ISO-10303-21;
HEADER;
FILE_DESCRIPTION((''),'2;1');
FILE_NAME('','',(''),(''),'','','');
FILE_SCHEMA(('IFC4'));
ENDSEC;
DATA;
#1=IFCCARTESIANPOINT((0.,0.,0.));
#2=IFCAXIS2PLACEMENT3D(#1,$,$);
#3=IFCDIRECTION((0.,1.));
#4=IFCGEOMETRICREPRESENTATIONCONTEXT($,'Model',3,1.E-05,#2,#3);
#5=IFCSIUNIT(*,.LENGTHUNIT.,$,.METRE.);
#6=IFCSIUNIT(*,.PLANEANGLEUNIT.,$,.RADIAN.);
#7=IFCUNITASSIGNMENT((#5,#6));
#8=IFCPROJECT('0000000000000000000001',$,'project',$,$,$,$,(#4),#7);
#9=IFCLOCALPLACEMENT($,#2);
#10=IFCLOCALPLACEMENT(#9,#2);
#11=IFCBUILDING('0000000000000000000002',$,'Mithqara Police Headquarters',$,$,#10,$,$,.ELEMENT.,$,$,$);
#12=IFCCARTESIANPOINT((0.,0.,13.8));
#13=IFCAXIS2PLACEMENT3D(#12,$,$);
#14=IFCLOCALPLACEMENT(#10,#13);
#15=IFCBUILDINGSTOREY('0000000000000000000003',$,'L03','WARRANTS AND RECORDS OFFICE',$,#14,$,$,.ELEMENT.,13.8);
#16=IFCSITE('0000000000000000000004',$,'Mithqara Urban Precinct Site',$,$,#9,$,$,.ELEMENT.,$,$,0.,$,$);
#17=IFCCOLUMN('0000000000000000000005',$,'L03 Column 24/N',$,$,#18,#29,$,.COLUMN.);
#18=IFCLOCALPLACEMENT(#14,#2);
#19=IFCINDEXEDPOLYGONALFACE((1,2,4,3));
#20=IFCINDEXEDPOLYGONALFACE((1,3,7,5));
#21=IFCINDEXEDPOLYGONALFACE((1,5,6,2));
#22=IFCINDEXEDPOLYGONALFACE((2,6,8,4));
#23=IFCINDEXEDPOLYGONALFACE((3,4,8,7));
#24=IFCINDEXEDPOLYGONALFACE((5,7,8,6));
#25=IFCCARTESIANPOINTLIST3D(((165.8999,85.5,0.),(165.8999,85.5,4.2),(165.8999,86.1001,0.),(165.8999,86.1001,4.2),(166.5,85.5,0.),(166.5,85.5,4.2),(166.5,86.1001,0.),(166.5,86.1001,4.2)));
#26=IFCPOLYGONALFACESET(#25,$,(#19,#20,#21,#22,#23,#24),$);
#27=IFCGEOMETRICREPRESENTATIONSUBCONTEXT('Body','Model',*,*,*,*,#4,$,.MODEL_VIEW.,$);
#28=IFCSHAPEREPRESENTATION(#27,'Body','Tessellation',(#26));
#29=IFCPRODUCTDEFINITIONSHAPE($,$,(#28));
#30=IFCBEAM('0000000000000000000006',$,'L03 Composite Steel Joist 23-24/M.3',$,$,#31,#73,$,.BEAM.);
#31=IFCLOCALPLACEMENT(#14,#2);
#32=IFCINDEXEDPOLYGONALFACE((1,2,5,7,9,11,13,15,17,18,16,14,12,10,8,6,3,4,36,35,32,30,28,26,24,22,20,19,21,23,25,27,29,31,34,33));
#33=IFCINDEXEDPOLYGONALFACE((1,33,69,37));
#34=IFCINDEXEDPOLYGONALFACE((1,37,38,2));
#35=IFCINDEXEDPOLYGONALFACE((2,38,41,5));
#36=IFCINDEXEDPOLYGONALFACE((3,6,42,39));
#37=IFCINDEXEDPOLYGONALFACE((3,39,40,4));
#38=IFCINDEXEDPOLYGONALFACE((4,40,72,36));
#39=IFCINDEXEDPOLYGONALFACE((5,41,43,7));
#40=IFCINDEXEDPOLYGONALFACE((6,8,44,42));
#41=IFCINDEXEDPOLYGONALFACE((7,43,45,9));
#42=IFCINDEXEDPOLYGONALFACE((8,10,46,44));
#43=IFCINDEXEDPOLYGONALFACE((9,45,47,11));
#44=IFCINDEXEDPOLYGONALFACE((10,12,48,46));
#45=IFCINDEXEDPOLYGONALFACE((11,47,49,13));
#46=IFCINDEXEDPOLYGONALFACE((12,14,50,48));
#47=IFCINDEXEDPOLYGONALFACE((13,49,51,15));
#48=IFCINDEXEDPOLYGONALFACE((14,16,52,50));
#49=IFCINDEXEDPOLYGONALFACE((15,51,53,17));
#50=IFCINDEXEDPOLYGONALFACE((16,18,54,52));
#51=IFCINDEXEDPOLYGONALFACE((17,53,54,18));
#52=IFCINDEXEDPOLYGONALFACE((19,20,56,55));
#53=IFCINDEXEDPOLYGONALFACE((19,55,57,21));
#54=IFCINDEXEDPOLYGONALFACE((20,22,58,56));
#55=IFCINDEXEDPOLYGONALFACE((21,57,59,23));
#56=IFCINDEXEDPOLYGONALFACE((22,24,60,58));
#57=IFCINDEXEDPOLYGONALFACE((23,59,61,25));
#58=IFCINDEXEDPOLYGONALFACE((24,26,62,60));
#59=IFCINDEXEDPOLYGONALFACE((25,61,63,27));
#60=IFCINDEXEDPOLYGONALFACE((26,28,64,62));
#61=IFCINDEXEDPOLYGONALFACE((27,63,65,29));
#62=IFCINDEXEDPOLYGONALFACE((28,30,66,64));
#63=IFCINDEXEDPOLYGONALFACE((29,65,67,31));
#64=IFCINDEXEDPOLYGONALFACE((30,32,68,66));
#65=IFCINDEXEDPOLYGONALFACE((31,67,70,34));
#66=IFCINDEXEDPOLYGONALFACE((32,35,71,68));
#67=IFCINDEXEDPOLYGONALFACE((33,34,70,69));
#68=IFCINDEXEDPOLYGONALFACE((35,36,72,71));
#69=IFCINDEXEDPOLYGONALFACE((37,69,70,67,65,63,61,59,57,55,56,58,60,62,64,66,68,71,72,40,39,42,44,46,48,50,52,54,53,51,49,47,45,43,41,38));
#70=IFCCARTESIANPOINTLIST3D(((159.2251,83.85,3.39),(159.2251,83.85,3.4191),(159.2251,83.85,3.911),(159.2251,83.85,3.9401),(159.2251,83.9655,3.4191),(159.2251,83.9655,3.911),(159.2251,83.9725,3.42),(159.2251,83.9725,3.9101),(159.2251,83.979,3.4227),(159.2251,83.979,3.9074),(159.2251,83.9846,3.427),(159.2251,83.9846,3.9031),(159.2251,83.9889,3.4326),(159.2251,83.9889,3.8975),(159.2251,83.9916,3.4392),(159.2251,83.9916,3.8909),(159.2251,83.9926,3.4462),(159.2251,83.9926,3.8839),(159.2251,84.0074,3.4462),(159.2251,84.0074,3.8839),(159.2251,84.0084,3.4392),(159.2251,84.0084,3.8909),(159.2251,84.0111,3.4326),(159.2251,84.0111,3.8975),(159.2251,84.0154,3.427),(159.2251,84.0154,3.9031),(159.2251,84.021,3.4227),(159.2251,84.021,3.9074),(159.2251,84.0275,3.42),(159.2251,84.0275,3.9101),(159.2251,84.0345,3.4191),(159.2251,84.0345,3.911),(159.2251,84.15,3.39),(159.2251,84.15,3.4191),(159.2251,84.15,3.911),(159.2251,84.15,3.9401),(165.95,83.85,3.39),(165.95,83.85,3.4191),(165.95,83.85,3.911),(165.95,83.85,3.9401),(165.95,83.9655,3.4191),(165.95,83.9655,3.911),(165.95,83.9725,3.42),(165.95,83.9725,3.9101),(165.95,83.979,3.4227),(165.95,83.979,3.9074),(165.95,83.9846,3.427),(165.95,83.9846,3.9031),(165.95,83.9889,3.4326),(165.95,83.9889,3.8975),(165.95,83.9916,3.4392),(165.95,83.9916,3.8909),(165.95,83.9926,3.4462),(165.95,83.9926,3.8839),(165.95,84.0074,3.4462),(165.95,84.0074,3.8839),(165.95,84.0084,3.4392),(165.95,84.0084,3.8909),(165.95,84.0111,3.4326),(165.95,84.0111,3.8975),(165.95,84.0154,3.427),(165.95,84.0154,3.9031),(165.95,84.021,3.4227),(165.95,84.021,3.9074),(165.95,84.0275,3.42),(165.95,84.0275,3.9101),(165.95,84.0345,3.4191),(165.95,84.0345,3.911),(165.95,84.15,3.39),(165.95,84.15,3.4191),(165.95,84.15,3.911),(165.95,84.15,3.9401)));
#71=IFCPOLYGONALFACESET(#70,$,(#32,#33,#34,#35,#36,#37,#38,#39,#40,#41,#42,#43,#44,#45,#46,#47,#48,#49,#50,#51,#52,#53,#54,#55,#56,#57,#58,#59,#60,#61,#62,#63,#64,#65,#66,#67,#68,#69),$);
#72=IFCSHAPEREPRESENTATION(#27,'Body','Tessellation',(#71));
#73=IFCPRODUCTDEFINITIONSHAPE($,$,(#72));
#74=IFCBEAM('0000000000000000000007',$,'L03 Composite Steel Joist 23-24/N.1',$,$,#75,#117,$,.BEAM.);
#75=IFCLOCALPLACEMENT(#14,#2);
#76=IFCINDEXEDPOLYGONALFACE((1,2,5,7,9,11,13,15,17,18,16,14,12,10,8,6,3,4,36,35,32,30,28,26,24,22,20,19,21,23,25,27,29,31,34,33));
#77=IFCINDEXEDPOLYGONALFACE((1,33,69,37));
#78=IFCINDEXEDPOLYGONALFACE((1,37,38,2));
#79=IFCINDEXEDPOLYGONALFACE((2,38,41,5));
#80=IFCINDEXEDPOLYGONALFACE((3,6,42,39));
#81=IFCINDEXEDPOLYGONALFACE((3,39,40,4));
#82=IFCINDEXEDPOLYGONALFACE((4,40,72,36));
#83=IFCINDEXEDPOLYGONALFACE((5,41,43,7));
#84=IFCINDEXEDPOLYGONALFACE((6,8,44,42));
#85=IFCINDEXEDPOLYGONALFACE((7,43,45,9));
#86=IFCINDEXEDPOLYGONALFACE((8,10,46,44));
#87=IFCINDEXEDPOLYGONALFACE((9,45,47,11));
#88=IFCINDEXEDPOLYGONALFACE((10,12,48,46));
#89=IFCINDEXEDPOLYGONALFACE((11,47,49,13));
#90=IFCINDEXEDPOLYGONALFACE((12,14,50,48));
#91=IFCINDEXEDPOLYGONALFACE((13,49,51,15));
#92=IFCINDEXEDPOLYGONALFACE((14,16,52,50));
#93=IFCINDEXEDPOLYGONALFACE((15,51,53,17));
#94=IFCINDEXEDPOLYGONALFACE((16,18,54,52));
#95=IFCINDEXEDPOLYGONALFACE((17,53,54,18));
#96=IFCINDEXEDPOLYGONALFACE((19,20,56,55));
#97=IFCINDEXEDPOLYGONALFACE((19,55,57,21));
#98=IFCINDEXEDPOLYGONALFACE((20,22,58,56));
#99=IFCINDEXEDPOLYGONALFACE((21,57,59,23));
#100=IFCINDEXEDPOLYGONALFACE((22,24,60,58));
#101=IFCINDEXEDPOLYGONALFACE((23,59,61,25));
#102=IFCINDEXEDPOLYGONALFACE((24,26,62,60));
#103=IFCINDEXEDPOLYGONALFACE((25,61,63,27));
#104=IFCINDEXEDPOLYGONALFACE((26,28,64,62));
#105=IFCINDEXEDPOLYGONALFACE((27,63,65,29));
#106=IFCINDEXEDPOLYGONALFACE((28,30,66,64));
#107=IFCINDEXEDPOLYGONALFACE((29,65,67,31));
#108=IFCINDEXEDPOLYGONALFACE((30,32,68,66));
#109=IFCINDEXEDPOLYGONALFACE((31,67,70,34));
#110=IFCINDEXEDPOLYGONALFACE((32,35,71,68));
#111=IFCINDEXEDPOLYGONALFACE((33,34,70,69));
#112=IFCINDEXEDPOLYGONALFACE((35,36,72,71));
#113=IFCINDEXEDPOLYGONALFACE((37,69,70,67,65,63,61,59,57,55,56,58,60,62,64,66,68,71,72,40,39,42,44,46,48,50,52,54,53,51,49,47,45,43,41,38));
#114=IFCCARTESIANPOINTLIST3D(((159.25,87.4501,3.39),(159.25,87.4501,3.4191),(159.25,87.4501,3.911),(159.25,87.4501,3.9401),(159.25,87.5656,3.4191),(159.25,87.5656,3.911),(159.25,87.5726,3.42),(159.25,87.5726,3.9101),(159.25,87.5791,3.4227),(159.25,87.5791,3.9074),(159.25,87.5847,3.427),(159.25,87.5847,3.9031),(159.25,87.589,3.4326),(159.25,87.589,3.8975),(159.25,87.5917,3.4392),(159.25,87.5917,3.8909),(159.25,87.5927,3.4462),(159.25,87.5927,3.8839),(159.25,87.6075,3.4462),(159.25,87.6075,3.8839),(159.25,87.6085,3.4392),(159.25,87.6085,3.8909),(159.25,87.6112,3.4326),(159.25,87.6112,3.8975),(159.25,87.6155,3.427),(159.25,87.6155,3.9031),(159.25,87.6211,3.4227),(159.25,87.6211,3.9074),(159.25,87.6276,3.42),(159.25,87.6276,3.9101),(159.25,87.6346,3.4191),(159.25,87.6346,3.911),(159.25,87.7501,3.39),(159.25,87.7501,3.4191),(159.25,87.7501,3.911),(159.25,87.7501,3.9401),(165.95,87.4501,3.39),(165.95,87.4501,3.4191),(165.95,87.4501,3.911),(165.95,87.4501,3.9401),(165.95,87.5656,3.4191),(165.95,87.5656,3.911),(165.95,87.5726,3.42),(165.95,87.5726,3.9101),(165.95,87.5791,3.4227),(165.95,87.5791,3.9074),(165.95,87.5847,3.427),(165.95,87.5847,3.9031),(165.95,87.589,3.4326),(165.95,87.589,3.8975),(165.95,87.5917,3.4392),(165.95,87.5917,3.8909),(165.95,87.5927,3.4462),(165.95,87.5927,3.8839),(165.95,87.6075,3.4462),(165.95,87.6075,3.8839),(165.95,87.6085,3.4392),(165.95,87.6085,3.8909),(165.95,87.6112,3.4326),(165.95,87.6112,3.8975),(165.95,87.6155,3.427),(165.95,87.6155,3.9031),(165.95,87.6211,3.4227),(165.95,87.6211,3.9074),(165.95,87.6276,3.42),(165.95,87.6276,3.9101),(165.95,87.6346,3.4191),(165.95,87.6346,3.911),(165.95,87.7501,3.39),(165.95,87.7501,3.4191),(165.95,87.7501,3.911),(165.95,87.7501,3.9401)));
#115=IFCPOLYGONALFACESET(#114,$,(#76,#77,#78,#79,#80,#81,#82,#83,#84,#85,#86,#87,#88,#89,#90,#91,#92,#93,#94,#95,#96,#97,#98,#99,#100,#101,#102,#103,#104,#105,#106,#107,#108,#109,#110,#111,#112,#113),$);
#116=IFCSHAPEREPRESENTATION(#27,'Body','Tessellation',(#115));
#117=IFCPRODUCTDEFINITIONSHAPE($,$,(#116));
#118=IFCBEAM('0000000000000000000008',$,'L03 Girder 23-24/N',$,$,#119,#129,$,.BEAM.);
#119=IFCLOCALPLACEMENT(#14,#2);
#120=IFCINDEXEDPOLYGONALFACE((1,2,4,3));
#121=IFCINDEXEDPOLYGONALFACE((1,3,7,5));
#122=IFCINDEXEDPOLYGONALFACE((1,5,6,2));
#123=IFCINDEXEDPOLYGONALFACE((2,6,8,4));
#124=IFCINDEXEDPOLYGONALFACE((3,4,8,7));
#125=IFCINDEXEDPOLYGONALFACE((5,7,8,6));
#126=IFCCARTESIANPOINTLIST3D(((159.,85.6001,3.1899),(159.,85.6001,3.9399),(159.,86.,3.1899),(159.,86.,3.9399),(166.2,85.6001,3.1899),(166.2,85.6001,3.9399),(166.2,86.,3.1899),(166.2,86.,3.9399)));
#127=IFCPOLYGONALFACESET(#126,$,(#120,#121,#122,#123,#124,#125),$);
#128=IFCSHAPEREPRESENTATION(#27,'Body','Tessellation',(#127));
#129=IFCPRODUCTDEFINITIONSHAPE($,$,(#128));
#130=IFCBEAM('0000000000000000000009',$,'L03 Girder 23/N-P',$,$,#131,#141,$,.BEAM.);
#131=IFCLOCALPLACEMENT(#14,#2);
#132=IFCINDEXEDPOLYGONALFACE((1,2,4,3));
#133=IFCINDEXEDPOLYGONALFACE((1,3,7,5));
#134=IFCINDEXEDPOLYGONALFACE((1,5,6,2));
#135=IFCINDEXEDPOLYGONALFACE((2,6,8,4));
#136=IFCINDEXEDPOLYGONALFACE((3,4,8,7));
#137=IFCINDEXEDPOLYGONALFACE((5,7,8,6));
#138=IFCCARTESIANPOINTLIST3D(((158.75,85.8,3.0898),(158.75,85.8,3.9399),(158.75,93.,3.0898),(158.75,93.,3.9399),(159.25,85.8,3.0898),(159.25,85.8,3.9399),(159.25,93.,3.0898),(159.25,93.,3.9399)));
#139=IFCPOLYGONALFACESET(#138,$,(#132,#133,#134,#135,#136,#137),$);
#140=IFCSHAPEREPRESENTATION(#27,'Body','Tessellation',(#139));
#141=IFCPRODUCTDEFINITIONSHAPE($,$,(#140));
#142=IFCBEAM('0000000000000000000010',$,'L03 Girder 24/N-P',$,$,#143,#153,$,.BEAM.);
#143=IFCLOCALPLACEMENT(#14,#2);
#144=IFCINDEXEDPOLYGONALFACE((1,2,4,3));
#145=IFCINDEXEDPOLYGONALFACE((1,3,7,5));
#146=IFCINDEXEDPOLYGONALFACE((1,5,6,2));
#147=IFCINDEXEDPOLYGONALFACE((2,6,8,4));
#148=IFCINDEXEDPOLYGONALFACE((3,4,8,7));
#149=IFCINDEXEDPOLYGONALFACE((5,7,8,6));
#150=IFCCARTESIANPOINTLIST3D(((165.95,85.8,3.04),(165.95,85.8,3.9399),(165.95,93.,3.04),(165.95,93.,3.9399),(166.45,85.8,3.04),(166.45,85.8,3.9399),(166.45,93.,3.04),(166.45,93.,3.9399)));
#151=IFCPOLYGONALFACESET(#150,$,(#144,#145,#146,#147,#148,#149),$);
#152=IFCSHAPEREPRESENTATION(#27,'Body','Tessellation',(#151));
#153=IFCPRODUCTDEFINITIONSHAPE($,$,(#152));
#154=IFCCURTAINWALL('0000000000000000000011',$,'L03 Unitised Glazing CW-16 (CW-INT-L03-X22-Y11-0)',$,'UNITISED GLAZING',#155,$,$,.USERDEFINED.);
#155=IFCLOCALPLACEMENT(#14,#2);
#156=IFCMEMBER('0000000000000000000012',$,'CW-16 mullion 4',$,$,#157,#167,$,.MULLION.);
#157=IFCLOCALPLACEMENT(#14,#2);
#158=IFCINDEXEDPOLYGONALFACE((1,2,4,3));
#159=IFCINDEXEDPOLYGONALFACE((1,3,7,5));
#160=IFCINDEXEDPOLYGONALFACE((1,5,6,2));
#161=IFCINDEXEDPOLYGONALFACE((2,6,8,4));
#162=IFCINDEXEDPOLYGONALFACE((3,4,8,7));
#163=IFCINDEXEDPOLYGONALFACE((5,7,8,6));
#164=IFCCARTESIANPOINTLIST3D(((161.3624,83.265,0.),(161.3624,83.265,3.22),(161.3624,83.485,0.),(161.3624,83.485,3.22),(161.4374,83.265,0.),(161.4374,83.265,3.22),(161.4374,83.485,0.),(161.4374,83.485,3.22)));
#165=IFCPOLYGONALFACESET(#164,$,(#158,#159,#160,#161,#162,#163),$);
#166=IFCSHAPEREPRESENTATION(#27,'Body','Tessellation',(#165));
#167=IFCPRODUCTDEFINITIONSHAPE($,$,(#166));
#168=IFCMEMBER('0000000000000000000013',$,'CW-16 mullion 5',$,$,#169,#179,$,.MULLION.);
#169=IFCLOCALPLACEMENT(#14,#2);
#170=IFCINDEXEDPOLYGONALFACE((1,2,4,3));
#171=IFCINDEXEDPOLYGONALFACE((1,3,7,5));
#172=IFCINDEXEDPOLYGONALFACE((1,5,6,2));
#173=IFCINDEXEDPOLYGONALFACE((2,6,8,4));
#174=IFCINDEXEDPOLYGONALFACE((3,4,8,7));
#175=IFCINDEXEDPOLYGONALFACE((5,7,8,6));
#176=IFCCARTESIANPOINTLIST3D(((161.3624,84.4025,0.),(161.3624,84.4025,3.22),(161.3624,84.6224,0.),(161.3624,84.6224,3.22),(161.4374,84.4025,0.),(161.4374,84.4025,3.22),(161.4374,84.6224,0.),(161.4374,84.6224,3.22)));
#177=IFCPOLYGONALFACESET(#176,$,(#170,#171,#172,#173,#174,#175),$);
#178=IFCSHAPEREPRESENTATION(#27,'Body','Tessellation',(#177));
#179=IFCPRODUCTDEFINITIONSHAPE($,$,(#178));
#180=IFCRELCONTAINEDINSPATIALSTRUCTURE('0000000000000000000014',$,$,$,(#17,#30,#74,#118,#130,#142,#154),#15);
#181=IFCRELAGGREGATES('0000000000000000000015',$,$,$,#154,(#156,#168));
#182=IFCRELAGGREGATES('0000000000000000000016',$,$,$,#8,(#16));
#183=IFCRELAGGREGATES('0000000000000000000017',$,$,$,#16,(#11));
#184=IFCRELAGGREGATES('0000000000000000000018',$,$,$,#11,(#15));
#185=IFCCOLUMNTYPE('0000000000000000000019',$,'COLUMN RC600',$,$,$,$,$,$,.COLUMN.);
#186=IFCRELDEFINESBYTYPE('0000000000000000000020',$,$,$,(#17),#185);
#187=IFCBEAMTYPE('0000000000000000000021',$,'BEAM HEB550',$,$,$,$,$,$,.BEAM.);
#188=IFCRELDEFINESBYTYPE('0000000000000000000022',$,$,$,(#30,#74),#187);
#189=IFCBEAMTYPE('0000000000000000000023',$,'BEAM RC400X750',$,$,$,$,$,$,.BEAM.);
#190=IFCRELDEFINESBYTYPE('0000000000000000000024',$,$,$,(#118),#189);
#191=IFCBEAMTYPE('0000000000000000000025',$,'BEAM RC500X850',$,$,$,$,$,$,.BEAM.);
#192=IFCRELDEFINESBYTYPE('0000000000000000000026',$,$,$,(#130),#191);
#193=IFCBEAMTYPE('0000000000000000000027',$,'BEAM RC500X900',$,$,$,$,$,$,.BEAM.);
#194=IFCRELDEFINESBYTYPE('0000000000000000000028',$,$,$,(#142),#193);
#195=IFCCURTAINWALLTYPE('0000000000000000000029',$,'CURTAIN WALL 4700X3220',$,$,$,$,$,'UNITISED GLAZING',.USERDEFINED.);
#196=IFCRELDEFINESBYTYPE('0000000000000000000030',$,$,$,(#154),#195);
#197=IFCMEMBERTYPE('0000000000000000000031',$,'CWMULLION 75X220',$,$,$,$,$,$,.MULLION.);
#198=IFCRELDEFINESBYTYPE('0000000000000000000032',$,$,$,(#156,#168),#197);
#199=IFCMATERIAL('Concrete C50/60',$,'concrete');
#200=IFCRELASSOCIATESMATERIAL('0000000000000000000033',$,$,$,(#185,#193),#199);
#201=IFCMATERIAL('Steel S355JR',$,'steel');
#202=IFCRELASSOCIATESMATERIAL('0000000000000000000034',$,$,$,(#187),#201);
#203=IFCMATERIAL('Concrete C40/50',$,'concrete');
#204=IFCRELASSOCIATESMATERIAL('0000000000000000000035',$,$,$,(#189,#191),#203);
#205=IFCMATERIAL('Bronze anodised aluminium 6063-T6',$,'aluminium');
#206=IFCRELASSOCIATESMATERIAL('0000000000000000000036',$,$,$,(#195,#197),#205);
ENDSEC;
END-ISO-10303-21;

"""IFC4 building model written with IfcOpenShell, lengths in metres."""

from ifc_helpers import new_model, si_unit, direction, frame, origin, origin_2d, place, context, subcontext, project, spatial, rectangle, i_section, extrude, material, material_profile, profile_set, type_object, element, aggregate, save


model = new_model("IFC4")

# Units and contexts
model_context = context("Model", 3, precision=1e-05, world=origin(), true_north=direction((0.0, 1.0)))
body_context = subcontext(model_context, "Body", "Model", "MODEL_VIEW")
ifc_project = project(units=[si_unit("LENGTHUNIT", "METRE"), si_unit("PLANEANGLEUNIT", "RADIAN")], contexts=[model_context])

# Site, building, storey
site_placement = place(None, origin())
site = spatial("IfcSite", under=ifc_project, at=site_placement, Name="Mithqara Urban Precinct Site", CompositionType="ELEMENT", RefElevation=0.0)
building_placement = place(site_placement, origin())
building = spatial("IfcBuilding", under=site, at=building_placement, Name="Mithqara Police Headquarters", CompositionType="ELEMENT")
storey_placement = place(building_placement, frame((0.0, 0.0, 13.8)))
storey = spatial("IfcBuildingStorey", under=building, at=storey_placement, Name="L03", Description="WARRANTS AND RECORDS OFFICE", CompositionType="ELEMENT", Elevation=13.8)

# Column
ifc_material_1 = material(Name="Concrete C50/60", Category="concrete")
ifc_material_profile_1 = material_profile(ifc_material_1, rectangle(XDim=0.6001, YDim=0.6001, at=origin_2d()), Name="RC 600x600")
ifc_profile_set_1 = profile_set([ifc_material_profile_1], Name="Concrete C50/60")
column_type = type_object("IfcColumnType", Name="COLUMN RC600", PredefinedType="COLUMN", material=ifc_profile_set_1)
column_placement = place(storey_placement, frame((166.2, 85.8, 0.0), z_axis=(0.0, 0.0, 1.0), x_axis=(1.0, 0.0, 0.0)))
element("IfcColumn", 1, at=column_placement, inside=storey, type_object=column_type, Name="L03 Column 24/N", PredefinedType="COLUMN", context=body_context, shape_type="SweptSolid", body=[
    extrude(rectangle(XDim=0.6001, YDim=0.6001, at=origin_2d()), origin(), (0.0, 0.0, 1.0), 4.2),
])

# Beams
ifc_material_2 = material(Name="Steel S355JR", Category="steel")
ifc_material_profile_2 = material_profile(ifc_material_2, i_section(OverallWidth=0.3, OverallDepth=0.55, WebThickness=0.0149, FlangeThickness=0.0291, FilletRadius=0.0271, at=origin_2d()), Name="HEB 550")
ifc_profile_set_2 = profile_set([ifc_material_profile_2], Name="Steel S355JR")
beam_type_1 = type_object("IfcBeamType", Name="BEAM HEB550", PredefinedType="BEAM", material=ifc_profile_set_2)
beam_1_placement = place(storey_placement, frame((159.2251, 84.0, 3.665), z_axis=(1.0, 0.0, 0.0), x_axis=(0.0, 1.0, 0.0)))
element("IfcBeam", 2, at=beam_1_placement, inside=storey, type_object=beam_type_1, Name="L03 Composite Steel Joist 23-24/M.3", PredefinedType="BEAM", context=body_context, shape_type="SweptSolid", body=[
    extrude(i_section(OverallWidth=0.3, OverallDepth=0.55, WebThickness=0.0149, FlangeThickness=0.0291, FilletRadius=0.0271, at=origin_2d()), origin(), (0.0, 0.0, 1.0), 6.7249),
])
beam_2_placement = place(storey_placement, frame((159.25, 87.6001, 3.665), z_axis=(1.0, 0.0, 0.0), x_axis=(0.0, 1.0, 0.0)))
element("IfcBeam", 3, at=beam_2_placement, inside=storey, type_object=beam_type_1, Name="L03 Composite Steel Joist 23-24/N.1", PredefinedType="BEAM", context=body_context, shape_type="SweptSolid", body=[
    extrude(i_section(OverallWidth=0.3, OverallDepth=0.55, WebThickness=0.0149, FlangeThickness=0.0291, FilletRadius=0.0271, at=origin_2d()), origin(), (0.0, 0.0, 1.0), 6.7),
])
ifc_material_3 = material(Name="Concrete C40/50", Category="concrete")
ifc_material_profile_3 = material_profile(ifc_material_3, rectangle(XDim=0.3999, YDim=0.75, at=origin_2d()), Name="RC 400x750")
ifc_profile_set_3 = profile_set([ifc_material_profile_3], Name="Concrete C40/50")
beam_type_2 = type_object("IfcBeamType", Name="BEAM RC400X750", PredefinedType="BEAM", material=ifc_profile_set_3)
beam_3_placement = place(storey_placement, frame((159.0, 85.8, 3.5649), z_axis=(1.0, 0.0, 0.0), x_axis=(0.0, 1.0, 0.0)))
element("IfcBeam", 4, at=beam_3_placement, inside=storey, type_object=beam_type_2, Name="L03 Girder 23-24/N", PredefinedType="BEAM", context=body_context, shape_type="SweptSolid", body=[
    extrude(rectangle(XDim=0.3999, YDim=0.75, at=origin_2d()), origin(), (0.0, 0.0, 1.0), 7.2),
])
ifc_material_profile_4 = material_profile(ifc_material_3, rectangle(XDim=0.5, YDim=0.8501, at=origin_2d()), Name="RC 500x850")
ifc_profile_set_4 = profile_set([ifc_material_profile_4], Name="Concrete C40/50")
beam_type_3 = type_object("IfcBeamType", Name="BEAM RC500X850", PredefinedType="BEAM", material=ifc_profile_set_4)
beam_4_placement = place(storey_placement, frame((159.0, 85.8, 3.5149), z_axis=(0.0, 1.0, 0.0), x_axis=(-1.0, 0.0, 0.0)))
element("IfcBeam", 5, at=beam_4_placement, inside=storey, type_object=beam_type_3, Name="L03 Girder 23/N-P", PredefinedType="BEAM", context=body_context, shape_type="SweptSolid", body=[
    extrude(rectangle(XDim=0.5, YDim=0.8501, at=origin_2d()), origin(), (0.0, 0.0, 1.0), 7.2),
])
ifc_material_profile_5 = material_profile(ifc_material_1, rectangle(XDim=0.5, YDim=0.8999, at=origin_2d()), Name="RC 500x900")
ifc_profile_set_5 = profile_set([ifc_material_profile_5], Name="Concrete C50/60")
beam_type_4 = type_object("IfcBeamType", Name="BEAM RC500X900", PredefinedType="BEAM", material=ifc_profile_set_5)
beam_5_placement = place(storey_placement, frame((166.2, 85.8, 3.49), z_axis=(0.0, 1.0, 0.0), x_axis=(-1.0, 0.0, 0.0)))
element("IfcBeam", 6, at=beam_5_placement, inside=storey, type_object=beam_type_4, Name="L03 Girder 24/N-P", PredefinedType="BEAM", context=body_context, shape_type="SweptSolid", body=[
    extrude(rectangle(XDim=0.5, YDim=0.8999, at=origin_2d()), origin(), (0.0, 0.0, 1.0), 7.2),
])

# Curtain wall, members
ifc_material_4 = material(Name="Bronze anodised aluminium 6063-T6", Category="aluminium")
curtain_wall_type = type_object("IfcCurtainWallType", Name="CURTAIN WALL 4700X3220", ElementType="UNITISED GLAZING", PredefinedType="USERDEFINED", material=ifc_material_4)
curtain_wall_1_placement = place(storey_placement, origin())
curtain_wall_1 = element("IfcCurtainWall", 7, at=curtain_wall_1_placement, inside=storey, type_object=curtain_wall_type, Name="L03 Unitised Glazing CW-16 (CW-INT-L03-X22-Y11-0)", ObjectType="UNITISED GLAZING", PredefinedType="USERDEFINED")
ifc_material_profile_6 = material_profile(ifc_material_4, rectangle(XDim=0.075, YDim=0.22, at=origin_2d()), Name="CWM 75x220")
ifc_profile_set_6 = profile_set([ifc_material_profile_6], Name="Bronze anodised aluminium 6063-T6")
member_type_1 = type_object("IfcMemberType", Name="CWMULLION 75X220", PredefinedType="MULLION", material=ifc_profile_set_6)
member_1_placement = place(storey_placement, frame((161.3999, 83.375, 0.0), z_axis=(0.0, 0.0, 1.0), x_axis=(-1.0, 0.0, 0.0)))
member_1 = element("IfcMember", 8, at=member_1_placement, type_object=member_type_1, Name="CW-16 mullion 4", PredefinedType="MULLION", context=body_context, shape_type="SweptSolid", body=[
    extrude(rectangle(XDim=0.075, YDim=0.22, at=origin_2d()), origin(), (0.0, 0.0, 1.0), 3.22),
])
member_2_placement = place(storey_placement, frame((161.3999, 84.5125, 0.0), z_axis=(0.0, 0.0, 1.0), x_axis=(-1.0, 0.0, 0.0)))
member_2 = element("IfcMember", 9, at=member_2_placement, type_object=member_type_1, Name="CW-16 mullion 5", PredefinedType="MULLION", context=body_context, shape_type="SweptSolid", body=[
    extrude(rectangle(XDim=0.075, YDim=0.22, at=origin_2d()), origin(), (0.0, 0.0, 1.0), 3.22),
])

aggregate(curtain_wall_1, [member_1, member_2])

save(model, "model.ifc")
